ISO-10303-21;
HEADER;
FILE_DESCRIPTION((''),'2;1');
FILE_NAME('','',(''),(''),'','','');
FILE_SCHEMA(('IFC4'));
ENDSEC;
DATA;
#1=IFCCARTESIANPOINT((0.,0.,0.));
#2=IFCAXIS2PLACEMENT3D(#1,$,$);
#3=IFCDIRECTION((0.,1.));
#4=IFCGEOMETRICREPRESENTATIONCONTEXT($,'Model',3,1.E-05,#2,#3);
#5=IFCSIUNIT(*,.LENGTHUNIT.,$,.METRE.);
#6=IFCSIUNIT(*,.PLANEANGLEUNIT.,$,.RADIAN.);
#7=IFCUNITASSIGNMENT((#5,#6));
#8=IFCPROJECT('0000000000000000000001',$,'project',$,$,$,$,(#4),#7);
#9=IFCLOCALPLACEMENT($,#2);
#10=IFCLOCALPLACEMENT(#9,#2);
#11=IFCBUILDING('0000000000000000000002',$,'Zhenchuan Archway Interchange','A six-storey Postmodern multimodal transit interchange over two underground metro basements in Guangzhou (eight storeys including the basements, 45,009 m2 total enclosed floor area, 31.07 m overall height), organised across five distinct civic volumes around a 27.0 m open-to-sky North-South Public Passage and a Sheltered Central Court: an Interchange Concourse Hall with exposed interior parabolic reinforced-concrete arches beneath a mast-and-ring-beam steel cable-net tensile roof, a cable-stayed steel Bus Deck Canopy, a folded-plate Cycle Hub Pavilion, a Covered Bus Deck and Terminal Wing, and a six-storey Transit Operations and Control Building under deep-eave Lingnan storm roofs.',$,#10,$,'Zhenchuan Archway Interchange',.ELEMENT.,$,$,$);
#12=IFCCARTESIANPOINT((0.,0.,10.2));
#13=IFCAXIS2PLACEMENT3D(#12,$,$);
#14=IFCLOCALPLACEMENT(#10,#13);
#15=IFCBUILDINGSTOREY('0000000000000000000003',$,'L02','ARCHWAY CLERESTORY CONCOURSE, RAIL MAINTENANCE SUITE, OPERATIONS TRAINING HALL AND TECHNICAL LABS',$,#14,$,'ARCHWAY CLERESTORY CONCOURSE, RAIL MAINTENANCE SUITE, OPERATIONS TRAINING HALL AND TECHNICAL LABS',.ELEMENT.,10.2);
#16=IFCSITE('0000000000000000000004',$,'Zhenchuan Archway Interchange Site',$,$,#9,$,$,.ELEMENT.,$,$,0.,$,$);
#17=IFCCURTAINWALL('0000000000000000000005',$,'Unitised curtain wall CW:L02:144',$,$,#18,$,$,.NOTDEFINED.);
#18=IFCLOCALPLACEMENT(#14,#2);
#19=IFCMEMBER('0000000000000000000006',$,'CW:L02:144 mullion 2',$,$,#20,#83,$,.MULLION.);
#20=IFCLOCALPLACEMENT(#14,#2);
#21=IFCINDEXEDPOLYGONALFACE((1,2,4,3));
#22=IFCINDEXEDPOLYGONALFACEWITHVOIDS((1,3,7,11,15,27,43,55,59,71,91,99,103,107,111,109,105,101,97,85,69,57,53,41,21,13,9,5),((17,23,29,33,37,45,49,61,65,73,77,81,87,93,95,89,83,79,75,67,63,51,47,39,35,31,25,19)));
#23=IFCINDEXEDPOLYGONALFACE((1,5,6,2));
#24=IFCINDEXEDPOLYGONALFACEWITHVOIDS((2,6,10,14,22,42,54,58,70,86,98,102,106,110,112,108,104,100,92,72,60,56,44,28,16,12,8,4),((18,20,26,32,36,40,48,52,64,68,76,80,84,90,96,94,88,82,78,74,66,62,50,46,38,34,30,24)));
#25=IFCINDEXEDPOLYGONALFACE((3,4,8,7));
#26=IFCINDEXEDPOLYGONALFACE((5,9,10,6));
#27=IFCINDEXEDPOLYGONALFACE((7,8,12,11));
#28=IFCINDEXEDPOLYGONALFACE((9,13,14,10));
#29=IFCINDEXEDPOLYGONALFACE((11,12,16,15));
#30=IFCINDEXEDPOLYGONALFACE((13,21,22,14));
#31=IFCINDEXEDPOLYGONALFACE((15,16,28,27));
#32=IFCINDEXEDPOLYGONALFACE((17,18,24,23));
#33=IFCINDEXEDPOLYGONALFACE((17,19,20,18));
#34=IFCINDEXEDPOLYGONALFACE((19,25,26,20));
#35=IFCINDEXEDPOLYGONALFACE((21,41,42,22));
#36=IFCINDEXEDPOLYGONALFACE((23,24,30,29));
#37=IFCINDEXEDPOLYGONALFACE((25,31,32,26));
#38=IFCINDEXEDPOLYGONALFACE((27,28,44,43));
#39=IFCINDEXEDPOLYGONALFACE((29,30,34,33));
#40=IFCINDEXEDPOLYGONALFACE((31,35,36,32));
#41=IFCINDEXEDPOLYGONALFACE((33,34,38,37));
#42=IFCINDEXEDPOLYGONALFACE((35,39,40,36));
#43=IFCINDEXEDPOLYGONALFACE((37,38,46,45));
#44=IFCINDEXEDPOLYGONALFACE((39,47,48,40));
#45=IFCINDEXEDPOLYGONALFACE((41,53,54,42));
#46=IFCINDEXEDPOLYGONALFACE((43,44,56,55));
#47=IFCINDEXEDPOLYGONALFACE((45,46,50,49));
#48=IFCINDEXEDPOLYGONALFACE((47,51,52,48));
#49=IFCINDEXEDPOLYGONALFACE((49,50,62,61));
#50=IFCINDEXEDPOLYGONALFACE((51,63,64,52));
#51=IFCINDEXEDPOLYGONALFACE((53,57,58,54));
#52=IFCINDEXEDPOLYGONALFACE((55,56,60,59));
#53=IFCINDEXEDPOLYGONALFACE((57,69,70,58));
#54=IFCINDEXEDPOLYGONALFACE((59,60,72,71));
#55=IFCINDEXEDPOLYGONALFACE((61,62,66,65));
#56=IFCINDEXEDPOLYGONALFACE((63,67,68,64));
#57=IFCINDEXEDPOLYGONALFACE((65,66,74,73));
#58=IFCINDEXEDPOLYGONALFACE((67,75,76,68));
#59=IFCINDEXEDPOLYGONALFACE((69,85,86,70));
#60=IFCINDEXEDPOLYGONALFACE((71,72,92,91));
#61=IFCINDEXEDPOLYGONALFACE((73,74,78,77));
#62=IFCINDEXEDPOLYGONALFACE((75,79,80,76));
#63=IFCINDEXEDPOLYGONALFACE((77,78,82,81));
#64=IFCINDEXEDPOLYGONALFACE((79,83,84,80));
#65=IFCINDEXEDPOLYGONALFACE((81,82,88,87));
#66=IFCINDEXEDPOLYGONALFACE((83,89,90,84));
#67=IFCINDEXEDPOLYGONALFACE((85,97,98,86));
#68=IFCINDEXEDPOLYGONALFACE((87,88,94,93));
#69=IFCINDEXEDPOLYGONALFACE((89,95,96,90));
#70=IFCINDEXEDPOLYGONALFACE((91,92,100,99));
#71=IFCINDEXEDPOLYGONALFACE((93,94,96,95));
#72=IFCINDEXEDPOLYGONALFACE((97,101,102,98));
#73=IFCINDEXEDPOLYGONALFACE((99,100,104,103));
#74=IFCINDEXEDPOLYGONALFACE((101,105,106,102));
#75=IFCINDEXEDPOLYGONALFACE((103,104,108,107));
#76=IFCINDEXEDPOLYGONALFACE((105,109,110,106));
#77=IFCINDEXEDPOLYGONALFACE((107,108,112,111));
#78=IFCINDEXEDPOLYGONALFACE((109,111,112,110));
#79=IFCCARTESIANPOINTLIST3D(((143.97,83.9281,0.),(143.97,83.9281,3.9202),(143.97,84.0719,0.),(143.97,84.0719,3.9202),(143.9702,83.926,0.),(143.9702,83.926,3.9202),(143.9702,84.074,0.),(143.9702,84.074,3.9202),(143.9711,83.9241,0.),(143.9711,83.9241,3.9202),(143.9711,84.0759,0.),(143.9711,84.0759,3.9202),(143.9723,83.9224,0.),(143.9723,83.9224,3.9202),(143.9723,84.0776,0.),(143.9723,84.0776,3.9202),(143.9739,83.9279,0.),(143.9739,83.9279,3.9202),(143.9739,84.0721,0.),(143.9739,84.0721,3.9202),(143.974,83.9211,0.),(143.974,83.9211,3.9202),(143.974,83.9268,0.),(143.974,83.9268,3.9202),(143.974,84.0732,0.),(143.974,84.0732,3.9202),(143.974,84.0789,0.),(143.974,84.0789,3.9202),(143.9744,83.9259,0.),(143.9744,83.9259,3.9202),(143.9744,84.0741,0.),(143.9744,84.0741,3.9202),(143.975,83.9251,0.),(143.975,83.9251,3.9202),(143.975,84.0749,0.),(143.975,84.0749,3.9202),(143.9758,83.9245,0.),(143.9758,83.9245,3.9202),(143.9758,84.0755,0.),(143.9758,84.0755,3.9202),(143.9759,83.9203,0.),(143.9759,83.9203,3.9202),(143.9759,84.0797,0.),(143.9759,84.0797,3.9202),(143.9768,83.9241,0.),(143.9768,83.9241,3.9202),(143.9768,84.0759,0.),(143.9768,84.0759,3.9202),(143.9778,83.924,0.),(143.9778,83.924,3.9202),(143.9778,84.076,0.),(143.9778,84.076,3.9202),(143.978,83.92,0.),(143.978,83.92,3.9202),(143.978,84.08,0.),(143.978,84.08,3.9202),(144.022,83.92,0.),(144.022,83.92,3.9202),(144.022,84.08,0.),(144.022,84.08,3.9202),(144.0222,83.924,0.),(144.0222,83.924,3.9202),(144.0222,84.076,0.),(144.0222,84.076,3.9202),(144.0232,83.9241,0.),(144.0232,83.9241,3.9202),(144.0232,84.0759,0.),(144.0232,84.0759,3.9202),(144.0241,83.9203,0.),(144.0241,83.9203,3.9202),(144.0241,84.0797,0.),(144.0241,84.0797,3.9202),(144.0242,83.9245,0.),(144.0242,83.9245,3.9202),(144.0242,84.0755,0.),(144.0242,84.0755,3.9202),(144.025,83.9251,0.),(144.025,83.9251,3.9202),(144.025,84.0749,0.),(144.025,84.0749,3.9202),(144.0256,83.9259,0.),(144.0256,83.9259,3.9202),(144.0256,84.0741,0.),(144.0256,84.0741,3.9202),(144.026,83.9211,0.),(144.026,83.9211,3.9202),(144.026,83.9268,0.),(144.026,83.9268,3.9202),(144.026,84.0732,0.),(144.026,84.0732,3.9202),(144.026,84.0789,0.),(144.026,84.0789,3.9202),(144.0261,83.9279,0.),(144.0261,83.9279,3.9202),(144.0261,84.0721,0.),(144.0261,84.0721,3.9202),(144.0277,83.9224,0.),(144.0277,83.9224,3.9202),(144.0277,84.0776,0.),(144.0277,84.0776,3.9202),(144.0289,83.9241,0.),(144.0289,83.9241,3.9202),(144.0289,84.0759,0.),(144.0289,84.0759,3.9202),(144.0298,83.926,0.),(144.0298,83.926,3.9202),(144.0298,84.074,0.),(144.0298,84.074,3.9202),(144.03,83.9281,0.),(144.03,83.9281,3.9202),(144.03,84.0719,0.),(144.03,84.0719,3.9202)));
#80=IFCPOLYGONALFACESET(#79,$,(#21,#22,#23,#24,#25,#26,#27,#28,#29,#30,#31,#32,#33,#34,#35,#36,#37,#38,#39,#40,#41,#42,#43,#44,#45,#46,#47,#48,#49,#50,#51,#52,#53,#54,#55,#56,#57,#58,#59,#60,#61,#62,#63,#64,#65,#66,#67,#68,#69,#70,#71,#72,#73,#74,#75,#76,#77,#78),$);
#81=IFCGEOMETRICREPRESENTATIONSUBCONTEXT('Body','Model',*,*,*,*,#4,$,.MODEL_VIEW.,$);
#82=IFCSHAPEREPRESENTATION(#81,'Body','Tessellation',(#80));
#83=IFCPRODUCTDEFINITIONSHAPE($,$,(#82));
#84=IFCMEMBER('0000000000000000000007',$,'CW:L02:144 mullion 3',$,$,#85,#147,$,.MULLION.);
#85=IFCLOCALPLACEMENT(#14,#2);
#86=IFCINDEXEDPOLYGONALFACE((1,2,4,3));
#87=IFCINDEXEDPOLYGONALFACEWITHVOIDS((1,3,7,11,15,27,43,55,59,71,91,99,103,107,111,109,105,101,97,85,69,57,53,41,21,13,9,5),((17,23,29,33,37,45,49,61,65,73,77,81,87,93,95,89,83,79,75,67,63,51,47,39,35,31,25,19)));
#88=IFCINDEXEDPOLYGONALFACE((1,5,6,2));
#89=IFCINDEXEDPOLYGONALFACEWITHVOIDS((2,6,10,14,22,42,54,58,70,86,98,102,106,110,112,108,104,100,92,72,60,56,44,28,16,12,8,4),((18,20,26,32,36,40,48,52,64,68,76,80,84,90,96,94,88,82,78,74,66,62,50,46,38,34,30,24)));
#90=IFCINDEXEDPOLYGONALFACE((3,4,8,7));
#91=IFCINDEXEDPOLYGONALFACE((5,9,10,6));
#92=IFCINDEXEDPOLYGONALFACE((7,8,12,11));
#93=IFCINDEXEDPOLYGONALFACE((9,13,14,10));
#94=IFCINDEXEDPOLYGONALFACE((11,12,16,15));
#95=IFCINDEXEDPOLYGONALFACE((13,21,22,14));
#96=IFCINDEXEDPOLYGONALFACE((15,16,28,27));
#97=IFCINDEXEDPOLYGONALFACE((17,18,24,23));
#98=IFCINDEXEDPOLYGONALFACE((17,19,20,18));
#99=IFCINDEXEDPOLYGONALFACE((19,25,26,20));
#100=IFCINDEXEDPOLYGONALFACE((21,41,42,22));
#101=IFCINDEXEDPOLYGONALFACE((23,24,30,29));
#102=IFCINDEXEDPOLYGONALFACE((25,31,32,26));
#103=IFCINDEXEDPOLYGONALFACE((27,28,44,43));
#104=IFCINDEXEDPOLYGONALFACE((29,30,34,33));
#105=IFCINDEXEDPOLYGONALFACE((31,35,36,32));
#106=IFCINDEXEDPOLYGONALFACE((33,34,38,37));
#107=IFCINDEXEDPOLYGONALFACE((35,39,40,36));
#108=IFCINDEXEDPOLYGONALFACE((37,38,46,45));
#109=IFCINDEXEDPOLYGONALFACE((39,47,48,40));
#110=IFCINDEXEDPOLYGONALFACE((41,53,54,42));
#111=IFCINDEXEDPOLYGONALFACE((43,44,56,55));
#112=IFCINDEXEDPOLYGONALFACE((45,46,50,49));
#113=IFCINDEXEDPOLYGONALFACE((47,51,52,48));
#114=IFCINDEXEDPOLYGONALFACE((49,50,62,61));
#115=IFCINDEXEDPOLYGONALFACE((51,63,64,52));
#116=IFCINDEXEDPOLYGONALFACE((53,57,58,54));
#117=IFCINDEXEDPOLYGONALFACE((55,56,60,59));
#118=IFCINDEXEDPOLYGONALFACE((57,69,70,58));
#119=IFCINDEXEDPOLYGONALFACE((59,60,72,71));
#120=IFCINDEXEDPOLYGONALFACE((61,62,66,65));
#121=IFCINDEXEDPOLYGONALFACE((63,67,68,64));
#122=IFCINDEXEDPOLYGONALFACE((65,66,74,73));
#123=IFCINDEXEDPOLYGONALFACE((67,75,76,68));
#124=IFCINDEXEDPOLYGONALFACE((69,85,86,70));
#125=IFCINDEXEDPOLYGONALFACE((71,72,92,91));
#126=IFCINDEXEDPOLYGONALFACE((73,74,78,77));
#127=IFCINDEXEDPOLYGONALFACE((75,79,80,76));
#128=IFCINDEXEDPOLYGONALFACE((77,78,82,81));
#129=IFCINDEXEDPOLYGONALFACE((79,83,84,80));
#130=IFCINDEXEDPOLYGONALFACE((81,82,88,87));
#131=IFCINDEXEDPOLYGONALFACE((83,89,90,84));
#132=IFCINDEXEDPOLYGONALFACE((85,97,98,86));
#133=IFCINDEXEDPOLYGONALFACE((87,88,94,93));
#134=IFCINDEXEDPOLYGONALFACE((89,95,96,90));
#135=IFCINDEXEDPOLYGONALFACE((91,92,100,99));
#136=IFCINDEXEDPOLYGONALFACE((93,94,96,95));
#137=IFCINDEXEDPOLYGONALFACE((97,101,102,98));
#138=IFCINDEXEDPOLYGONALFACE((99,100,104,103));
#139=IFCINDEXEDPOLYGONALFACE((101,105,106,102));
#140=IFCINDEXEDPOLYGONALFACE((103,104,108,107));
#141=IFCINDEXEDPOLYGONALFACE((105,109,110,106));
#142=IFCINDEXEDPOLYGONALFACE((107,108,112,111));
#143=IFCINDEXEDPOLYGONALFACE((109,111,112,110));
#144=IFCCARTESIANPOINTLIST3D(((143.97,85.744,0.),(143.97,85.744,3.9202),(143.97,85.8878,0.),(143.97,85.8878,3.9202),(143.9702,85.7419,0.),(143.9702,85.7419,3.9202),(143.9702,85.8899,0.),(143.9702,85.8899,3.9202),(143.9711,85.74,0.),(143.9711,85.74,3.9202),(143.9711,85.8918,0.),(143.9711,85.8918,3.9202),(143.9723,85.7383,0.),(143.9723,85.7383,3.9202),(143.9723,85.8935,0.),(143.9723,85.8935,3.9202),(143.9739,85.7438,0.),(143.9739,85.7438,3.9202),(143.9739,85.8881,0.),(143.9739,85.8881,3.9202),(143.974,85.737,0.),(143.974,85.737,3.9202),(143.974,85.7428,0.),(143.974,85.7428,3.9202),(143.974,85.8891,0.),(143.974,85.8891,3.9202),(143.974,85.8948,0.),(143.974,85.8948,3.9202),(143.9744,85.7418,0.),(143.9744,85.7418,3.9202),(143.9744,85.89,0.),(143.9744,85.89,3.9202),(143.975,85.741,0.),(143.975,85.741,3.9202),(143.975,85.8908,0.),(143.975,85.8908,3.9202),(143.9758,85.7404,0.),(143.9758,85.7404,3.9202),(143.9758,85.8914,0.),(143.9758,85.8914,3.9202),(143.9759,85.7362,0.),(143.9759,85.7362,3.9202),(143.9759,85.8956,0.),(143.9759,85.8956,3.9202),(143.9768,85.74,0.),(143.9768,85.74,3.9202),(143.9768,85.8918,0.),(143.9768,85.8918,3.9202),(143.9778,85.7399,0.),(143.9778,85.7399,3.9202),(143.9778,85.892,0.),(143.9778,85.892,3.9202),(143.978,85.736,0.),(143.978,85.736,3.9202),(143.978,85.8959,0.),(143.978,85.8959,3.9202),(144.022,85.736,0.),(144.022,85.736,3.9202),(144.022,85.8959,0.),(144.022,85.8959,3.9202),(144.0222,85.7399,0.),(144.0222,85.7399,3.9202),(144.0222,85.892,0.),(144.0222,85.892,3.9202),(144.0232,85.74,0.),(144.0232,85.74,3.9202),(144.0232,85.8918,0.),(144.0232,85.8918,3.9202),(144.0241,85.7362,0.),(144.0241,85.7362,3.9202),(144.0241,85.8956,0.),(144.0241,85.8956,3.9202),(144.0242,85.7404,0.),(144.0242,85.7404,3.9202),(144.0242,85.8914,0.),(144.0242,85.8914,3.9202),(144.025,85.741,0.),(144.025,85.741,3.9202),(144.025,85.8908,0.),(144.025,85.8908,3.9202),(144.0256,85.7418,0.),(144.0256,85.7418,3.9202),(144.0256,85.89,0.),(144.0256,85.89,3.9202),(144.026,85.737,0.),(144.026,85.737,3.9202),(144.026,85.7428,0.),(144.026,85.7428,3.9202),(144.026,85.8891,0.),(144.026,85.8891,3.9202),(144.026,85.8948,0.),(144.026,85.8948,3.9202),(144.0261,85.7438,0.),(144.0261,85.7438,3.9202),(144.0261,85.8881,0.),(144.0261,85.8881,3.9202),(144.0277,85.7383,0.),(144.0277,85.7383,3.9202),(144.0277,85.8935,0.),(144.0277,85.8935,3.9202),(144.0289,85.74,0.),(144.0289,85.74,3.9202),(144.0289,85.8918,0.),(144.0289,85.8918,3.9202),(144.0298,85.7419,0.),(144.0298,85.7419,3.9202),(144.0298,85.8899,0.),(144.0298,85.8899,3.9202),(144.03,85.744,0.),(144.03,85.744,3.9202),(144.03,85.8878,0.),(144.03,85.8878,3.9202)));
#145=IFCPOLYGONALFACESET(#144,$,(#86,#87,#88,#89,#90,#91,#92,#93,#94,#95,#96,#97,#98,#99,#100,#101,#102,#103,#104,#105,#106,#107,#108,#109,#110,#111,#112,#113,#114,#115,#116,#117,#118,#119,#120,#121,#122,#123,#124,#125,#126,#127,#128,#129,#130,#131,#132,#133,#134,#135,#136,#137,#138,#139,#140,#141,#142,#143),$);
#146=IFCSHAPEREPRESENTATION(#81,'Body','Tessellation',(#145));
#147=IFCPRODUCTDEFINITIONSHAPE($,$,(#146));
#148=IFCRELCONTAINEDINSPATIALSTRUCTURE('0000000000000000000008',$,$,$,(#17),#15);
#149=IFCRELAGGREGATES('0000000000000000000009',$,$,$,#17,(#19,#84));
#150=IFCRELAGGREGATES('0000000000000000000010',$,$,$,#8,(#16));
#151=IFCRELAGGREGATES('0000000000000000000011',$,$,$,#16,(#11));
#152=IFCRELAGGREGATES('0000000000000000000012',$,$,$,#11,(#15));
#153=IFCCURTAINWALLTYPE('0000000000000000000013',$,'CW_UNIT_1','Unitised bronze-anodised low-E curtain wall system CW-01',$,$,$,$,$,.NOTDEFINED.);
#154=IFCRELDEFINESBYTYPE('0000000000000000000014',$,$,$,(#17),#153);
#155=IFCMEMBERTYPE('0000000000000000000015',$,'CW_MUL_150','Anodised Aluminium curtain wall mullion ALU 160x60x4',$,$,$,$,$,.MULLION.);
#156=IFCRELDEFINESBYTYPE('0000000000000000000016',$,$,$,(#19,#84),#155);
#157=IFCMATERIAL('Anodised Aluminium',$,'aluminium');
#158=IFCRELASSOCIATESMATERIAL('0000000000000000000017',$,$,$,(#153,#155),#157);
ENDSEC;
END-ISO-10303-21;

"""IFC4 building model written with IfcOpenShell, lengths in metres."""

from ifc_helpers import new_model, si_unit, direction, frame, origin, origin_2d, place, context, subcontext, project, spatial, hollow_rectangle, extrude, material, material_profile, profile_set, type_object, element, aggregate, save


model = new_model("IFC4")

# Units and contexts
model_context = context("Model", 3, precision=1e-05, world=origin(), true_north=direction((0.0, 1.0)))
body_context = subcontext(model_context, "Body", "Model", "MODEL_VIEW")
ifc_project = project(units=[si_unit("LENGTHUNIT", "METRE"), si_unit("PLANEANGLEUNIT", "RADIAN")], contexts=[model_context])

# Site, building, storey
site_placement = place(None, origin())
site = spatial("IfcSite", under=ifc_project, at=site_placement, Name="Zhenchuan Archway Interchange Site", CompositionType="ELEMENT", RefElevation=0.0)
building_placement = place(site_placement, origin())
building = spatial("IfcBuilding", under=site, at=building_placement, Name="Zhenchuan Archway Interchange", Description="A six-storey Postmodern multimodal transit interchange over two underground metro basements in Guangzhou (eight storeys including the basements, 45,009 m2 total enclosed floor area, 31.07 m overall height), organised across five distinct civic volumes around a 27.0 m open-to-sky North-South Public Passage and a Sheltered Central Court: an Interchange Concourse Hall with exposed interior parabolic reinforced-concrete arches beneath a mast-and-ring-beam steel cable-net tensile roof, a cable-stayed steel Bus Deck Canopy, a folded-plate Cycle Hub Pavilion, a Covered Bus Deck and Terminal Wing, and a six-storey Transit Operations and Control Building under deep-eave Lingnan storm roofs.", LongName="Zhenchuan Archway Interchange", CompositionType="ELEMENT")
storey_placement = place(building_placement, frame((0.0, 0.0, 10.2)))
storey = spatial("IfcBuildingStorey", under=building, at=storey_placement, Name="L02", Description="ARCHWAY CLERESTORY CONCOURSE, RAIL MAINTENANCE SUITE, OPERATIONS TRAINING HALL AND TECHNICAL LABS", LongName="ARCHWAY CLERESTORY CONCOURSE, RAIL MAINTENANCE SUITE, OPERATIONS TRAINING HALL AND TECHNICAL LABS", CompositionType="ELEMENT", Elevation=10.2)

# Curtain wall, members
ifc_material_1 = material(Name="Anodised Aluminium", Category="aluminium")
curtain_wall_type = type_object("IfcCurtainWallType", Name="CW_UNIT_1", Description="Unitised bronze-anodised low-E curtain wall system CW-01", PredefinedType="NOTDEFINED", material=ifc_material_1)
curtain_wall_placement = place(storey_placement, origin())
curtain_wall = element("IfcCurtainWall", 1, at=curtain_wall_placement, inside=storey, type_object=curtain_wall_type, Name="Unitised curtain wall CW:L02:144", PredefinedType="NOTDEFINED")
ifc_material_profile_1 = material_profile(ifc_material_1, hollow_rectangle(XDim=0.0601, YDim=0.1599, WallThickness=0.0039, InnerFilletRadius=0.0039, OuterFilletRadius=0.0081, at=origin_2d()), Name="ALU 160x60x4")
ifc_profile_set_1 = profile_set([ifc_material_profile_1], Name="Anodised Aluminium")
member_type_1 = type_object("IfcMemberType", Name="CW_MUL_150", Description="Anodised Aluminium curtain wall mullion ALU 160x60x4", PredefinedType="MULLION", material=ifc_profile_set_1)
member_1_placement = place(storey_placement, frame((144.0, 84.0, 0.0), z_axis=(0.0, 0.0, 1.0), x_axis=(1.0, 0.0, 0.0)))
member_1 = element("IfcMember", 2, at=member_1_placement, type_object=member_type_1, Name="CW:L02:144 mullion 2", PredefinedType="MULLION", context=body_context, shape_type="SweptSolid", body=[
    extrude(hollow_rectangle(XDim=0.0601, YDim=0.1599, WallThickness=0.0039, InnerFilletRadius=0.0039, OuterFilletRadius=0.0081, at=origin_2d()), origin(), (0.0, 0.0, 1.0), 3.9202),
])
member_2_placement = place(storey_placement, frame((144.0, 85.8159, 0.0), z_axis=(0.0, 0.0, 1.0), x_axis=(1.0, 0.0, 0.0)))
member_2 = element("IfcMember", 3, at=member_2_placement, type_object=member_type_1, Name="CW:L02:144 mullion 3", PredefinedType="MULLION", context=body_context, shape_type="SweptSolid", body=[
    extrude(hollow_rectangle(XDim=0.0601, YDim=0.1599, WallThickness=0.0039, InnerFilletRadius=0.0039, OuterFilletRadius=0.0081, at=origin_2d()), origin(), (0.0, 0.0, 1.0), 3.9202),
])

aggregate(curtain_wall, [member_1, member_2])

save(model, "model.ifc")
